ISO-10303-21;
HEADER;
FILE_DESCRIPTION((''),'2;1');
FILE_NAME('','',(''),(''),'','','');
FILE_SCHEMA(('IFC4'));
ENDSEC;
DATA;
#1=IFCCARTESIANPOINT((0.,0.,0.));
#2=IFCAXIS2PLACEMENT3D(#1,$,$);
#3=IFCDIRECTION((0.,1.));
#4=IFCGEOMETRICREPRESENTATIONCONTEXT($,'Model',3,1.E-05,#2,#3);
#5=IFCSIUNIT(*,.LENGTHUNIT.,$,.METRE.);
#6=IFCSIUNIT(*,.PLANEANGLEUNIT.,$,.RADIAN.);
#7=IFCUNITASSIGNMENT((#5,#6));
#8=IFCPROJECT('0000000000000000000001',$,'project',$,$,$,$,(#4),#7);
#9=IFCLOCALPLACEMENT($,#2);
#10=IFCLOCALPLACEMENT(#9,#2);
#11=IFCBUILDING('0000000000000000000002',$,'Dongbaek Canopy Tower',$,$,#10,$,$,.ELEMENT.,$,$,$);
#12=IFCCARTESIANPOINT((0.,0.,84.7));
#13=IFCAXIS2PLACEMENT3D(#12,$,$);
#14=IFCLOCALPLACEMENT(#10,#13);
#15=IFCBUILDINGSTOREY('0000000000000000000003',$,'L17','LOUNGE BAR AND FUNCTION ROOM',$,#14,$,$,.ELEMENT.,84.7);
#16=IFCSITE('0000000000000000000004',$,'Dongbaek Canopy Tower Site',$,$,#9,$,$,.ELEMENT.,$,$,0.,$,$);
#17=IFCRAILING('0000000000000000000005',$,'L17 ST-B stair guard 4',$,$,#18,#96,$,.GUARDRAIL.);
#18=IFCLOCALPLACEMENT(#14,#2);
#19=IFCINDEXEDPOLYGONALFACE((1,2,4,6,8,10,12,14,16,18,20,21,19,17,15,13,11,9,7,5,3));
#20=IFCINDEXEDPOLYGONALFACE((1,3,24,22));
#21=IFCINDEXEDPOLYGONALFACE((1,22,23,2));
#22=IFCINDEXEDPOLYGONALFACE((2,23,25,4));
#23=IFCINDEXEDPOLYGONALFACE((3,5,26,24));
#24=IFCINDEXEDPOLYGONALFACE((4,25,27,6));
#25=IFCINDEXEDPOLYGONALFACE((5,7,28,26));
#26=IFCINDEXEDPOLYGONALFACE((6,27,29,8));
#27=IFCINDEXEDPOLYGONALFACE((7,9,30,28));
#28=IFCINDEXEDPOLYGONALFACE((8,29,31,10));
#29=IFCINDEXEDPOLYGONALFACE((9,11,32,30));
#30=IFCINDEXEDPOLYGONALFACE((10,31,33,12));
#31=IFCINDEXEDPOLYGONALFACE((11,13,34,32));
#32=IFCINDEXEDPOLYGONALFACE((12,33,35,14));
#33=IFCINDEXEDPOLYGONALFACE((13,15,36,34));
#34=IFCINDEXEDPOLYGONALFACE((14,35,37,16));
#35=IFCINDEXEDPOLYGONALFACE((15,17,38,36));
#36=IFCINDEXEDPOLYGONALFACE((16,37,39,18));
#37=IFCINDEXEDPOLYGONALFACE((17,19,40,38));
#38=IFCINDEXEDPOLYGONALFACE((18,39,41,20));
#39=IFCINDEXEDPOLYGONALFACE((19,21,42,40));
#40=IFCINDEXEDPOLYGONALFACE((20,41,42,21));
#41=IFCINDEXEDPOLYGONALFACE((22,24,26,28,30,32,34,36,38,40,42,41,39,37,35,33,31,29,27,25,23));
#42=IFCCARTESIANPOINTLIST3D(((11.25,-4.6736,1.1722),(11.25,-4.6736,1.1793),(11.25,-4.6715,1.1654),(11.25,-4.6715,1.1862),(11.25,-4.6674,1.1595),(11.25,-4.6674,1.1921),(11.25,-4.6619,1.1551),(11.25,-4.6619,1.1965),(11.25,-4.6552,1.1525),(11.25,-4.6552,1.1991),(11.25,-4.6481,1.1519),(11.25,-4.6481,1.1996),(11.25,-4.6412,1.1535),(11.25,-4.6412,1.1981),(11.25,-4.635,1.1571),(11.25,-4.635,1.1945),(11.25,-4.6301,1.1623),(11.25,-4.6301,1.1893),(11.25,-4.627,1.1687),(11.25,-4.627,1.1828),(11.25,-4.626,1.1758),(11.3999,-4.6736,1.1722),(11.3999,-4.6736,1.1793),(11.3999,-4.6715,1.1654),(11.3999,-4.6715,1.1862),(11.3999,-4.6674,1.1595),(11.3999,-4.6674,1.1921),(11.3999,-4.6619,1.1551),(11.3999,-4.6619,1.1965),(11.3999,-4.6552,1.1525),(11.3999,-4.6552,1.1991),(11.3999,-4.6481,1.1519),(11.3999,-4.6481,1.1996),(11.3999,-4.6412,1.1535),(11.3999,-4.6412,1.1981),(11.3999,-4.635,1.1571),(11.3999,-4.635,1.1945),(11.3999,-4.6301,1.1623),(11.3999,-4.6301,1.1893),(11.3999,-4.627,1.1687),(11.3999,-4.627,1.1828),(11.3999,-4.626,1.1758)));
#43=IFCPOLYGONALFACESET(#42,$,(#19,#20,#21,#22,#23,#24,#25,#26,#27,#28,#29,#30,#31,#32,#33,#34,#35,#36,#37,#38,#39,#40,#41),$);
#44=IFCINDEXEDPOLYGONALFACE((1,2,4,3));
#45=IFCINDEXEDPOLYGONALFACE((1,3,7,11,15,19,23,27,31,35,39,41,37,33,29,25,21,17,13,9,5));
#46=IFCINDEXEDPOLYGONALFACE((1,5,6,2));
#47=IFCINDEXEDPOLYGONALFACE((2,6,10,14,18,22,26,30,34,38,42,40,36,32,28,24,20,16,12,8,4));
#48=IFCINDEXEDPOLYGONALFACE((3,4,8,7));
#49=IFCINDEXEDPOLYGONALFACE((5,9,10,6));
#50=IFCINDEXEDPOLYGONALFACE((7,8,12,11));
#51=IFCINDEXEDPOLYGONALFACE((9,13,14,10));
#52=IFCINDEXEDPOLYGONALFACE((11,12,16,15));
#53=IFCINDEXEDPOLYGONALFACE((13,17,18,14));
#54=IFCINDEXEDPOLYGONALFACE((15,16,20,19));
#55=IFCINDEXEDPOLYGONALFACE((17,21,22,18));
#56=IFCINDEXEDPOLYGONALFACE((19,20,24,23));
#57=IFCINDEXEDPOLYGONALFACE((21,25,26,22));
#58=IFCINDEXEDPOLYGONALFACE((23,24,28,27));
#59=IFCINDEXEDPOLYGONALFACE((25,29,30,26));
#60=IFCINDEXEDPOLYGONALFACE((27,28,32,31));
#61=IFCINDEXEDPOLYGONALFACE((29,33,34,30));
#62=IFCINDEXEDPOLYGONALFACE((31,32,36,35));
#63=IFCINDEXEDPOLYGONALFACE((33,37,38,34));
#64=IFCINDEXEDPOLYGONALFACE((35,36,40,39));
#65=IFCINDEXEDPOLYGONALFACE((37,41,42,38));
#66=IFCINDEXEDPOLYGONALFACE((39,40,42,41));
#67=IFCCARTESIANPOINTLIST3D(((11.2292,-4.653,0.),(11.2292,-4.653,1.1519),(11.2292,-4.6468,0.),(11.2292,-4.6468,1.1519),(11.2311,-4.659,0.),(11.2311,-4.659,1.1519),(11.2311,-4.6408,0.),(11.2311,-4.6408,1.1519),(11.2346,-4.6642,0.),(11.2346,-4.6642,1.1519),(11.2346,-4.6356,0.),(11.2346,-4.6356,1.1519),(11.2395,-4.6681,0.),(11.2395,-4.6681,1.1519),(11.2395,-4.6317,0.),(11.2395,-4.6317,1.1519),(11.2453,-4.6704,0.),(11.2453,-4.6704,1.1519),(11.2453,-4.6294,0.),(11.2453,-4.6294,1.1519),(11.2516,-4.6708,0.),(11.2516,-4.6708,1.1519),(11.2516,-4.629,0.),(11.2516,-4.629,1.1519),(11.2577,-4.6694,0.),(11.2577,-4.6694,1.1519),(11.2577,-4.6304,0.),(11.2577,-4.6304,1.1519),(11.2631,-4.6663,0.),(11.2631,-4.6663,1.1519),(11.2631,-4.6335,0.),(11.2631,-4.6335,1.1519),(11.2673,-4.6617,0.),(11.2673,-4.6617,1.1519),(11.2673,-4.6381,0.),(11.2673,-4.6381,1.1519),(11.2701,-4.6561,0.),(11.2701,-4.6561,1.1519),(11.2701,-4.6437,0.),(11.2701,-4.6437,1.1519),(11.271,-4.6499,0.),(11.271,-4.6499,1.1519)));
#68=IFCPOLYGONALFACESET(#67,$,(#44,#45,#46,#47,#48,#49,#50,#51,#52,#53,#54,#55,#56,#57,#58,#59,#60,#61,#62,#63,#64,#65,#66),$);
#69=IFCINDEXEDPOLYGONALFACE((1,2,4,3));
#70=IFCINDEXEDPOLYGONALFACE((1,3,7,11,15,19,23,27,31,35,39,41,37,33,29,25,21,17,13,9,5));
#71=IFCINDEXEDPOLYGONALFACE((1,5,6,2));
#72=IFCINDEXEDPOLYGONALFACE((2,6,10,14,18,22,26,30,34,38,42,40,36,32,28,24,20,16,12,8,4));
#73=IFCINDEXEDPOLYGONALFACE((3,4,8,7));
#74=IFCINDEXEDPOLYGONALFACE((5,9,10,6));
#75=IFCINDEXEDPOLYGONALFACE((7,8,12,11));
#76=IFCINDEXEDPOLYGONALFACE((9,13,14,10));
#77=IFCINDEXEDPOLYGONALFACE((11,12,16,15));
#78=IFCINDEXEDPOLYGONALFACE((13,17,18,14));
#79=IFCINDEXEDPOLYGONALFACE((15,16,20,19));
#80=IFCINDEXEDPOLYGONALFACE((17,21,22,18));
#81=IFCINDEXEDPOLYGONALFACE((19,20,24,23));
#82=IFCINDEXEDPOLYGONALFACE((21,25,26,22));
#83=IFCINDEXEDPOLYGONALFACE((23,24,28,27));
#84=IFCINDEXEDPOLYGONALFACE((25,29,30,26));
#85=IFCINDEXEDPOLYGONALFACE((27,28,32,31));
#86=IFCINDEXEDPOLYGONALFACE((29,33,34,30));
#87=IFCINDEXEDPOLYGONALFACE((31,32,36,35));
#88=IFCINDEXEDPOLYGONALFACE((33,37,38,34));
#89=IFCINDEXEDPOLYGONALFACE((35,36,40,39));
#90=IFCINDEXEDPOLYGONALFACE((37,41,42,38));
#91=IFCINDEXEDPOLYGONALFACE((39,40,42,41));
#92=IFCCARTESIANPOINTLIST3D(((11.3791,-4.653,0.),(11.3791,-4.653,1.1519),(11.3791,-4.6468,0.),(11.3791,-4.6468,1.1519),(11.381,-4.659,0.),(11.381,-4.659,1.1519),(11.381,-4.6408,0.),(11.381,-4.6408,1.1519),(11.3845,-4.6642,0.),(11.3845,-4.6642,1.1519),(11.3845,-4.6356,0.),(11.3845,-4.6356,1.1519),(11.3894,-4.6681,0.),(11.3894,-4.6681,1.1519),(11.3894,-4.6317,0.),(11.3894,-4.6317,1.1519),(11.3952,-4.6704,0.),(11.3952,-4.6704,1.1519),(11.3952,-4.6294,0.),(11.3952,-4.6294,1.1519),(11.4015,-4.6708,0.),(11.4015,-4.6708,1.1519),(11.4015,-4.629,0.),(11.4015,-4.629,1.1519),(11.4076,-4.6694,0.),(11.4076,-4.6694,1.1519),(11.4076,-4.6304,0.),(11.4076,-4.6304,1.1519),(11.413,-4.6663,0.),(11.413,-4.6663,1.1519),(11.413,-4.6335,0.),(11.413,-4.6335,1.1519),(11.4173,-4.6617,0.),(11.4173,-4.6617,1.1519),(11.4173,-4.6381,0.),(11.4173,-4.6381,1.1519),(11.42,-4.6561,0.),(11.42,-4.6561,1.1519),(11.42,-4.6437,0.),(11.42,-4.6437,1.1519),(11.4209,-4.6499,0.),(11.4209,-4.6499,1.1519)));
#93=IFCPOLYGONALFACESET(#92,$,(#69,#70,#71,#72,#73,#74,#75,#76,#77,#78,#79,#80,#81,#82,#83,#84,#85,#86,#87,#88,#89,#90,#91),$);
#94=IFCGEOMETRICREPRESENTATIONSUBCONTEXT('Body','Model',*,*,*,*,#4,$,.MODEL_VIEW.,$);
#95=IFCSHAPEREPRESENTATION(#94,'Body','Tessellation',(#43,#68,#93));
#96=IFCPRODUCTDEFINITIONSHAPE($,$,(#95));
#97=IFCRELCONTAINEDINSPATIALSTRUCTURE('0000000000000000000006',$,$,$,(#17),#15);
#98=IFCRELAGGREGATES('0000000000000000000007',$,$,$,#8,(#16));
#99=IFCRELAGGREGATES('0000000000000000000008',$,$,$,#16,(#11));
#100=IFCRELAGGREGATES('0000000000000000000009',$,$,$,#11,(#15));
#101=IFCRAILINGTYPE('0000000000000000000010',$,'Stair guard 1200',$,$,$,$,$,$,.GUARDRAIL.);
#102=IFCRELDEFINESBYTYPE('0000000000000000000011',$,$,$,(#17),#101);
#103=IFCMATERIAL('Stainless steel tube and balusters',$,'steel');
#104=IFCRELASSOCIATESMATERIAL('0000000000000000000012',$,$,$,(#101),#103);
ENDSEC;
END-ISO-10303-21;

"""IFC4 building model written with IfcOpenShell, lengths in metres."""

from ifc_helpers import new_model, si_unit, direction, frame, origin, origin_2d, place, context, subcontext, project, spatial, circle, extrude, material, type_object, element, save


model = new_model("IFC4")

# Units and contexts
model_context = context("Model", 3, precision=1e-05, world=origin(), true_north=direction((0.0, 1.0)))
body_context = subcontext(model_context, "Body", "Model", "MODEL_VIEW")
ifc_project = project(units=[si_unit("LENGTHUNIT", "METRE"), si_unit("PLANEANGLEUNIT", "RADIAN")], contexts=[model_context])

# Site, building, storey
site_placement = place(None, origin())
site = spatial("IfcSite", under=ifc_project, at=site_placement, Name="Dongbaek Canopy Tower Site", CompositionType="ELEMENT", RefElevation=0.0)
building_placement = place(site_placement, origin())
building = spatial("IfcBuilding", under=site, at=building_placement, Name="Dongbaek Canopy Tower", CompositionType="ELEMENT")
storey_placement = place(building_placement, frame((0.0, 0.0, 84.7)))
storey = spatial("IfcBuildingStorey", under=building, at=storey_placement, Name="L17", Description="LOUNGE BAR AND FUNCTION ROOM", CompositionType="ELEMENT", Elevation=84.7)

# Railing
ifc_material_1 = material(Name="Stainless steel tube and balusters", Category="steel")
railing_type_1 = type_object("IfcRailingType", Name="Stair guard 1200", PredefinedType="GUARDRAIL", material=ifc_material_1)
railing_1_placement = place(storey_placement, frame((11.25, -4.6499, 0.0)))
element("IfcRailing", 1, at=railing_1_placement, inside=storey, type_object=railing_type_1, Name="L17 ST-B stair guard 4", PredefinedType="GUARDRAIL", context=body_context, shape_type="SweptSolid", body=[
    extrude(circle(Radius=0.0239, at=origin_2d()), frame((0.0, 0.0, 1.1758), z_axis=(1.0, 0.0, 0.0), x_axis=(0.0, 1.0, 0.0)), (0.0, 0.0, 1.0), 0.1499),
    extrude(circle(Radius=0.021, at=origin_2d()), origin(), (0.0, 0.0, 1.0), 1.1519),
    extrude(circle(Radius=0.021, at=origin_2d()), frame((0.1499, 0.0, 0.0)), (0.0, 0.0, 1.0), 1.1519),
])

save(model, "model.ifc")
